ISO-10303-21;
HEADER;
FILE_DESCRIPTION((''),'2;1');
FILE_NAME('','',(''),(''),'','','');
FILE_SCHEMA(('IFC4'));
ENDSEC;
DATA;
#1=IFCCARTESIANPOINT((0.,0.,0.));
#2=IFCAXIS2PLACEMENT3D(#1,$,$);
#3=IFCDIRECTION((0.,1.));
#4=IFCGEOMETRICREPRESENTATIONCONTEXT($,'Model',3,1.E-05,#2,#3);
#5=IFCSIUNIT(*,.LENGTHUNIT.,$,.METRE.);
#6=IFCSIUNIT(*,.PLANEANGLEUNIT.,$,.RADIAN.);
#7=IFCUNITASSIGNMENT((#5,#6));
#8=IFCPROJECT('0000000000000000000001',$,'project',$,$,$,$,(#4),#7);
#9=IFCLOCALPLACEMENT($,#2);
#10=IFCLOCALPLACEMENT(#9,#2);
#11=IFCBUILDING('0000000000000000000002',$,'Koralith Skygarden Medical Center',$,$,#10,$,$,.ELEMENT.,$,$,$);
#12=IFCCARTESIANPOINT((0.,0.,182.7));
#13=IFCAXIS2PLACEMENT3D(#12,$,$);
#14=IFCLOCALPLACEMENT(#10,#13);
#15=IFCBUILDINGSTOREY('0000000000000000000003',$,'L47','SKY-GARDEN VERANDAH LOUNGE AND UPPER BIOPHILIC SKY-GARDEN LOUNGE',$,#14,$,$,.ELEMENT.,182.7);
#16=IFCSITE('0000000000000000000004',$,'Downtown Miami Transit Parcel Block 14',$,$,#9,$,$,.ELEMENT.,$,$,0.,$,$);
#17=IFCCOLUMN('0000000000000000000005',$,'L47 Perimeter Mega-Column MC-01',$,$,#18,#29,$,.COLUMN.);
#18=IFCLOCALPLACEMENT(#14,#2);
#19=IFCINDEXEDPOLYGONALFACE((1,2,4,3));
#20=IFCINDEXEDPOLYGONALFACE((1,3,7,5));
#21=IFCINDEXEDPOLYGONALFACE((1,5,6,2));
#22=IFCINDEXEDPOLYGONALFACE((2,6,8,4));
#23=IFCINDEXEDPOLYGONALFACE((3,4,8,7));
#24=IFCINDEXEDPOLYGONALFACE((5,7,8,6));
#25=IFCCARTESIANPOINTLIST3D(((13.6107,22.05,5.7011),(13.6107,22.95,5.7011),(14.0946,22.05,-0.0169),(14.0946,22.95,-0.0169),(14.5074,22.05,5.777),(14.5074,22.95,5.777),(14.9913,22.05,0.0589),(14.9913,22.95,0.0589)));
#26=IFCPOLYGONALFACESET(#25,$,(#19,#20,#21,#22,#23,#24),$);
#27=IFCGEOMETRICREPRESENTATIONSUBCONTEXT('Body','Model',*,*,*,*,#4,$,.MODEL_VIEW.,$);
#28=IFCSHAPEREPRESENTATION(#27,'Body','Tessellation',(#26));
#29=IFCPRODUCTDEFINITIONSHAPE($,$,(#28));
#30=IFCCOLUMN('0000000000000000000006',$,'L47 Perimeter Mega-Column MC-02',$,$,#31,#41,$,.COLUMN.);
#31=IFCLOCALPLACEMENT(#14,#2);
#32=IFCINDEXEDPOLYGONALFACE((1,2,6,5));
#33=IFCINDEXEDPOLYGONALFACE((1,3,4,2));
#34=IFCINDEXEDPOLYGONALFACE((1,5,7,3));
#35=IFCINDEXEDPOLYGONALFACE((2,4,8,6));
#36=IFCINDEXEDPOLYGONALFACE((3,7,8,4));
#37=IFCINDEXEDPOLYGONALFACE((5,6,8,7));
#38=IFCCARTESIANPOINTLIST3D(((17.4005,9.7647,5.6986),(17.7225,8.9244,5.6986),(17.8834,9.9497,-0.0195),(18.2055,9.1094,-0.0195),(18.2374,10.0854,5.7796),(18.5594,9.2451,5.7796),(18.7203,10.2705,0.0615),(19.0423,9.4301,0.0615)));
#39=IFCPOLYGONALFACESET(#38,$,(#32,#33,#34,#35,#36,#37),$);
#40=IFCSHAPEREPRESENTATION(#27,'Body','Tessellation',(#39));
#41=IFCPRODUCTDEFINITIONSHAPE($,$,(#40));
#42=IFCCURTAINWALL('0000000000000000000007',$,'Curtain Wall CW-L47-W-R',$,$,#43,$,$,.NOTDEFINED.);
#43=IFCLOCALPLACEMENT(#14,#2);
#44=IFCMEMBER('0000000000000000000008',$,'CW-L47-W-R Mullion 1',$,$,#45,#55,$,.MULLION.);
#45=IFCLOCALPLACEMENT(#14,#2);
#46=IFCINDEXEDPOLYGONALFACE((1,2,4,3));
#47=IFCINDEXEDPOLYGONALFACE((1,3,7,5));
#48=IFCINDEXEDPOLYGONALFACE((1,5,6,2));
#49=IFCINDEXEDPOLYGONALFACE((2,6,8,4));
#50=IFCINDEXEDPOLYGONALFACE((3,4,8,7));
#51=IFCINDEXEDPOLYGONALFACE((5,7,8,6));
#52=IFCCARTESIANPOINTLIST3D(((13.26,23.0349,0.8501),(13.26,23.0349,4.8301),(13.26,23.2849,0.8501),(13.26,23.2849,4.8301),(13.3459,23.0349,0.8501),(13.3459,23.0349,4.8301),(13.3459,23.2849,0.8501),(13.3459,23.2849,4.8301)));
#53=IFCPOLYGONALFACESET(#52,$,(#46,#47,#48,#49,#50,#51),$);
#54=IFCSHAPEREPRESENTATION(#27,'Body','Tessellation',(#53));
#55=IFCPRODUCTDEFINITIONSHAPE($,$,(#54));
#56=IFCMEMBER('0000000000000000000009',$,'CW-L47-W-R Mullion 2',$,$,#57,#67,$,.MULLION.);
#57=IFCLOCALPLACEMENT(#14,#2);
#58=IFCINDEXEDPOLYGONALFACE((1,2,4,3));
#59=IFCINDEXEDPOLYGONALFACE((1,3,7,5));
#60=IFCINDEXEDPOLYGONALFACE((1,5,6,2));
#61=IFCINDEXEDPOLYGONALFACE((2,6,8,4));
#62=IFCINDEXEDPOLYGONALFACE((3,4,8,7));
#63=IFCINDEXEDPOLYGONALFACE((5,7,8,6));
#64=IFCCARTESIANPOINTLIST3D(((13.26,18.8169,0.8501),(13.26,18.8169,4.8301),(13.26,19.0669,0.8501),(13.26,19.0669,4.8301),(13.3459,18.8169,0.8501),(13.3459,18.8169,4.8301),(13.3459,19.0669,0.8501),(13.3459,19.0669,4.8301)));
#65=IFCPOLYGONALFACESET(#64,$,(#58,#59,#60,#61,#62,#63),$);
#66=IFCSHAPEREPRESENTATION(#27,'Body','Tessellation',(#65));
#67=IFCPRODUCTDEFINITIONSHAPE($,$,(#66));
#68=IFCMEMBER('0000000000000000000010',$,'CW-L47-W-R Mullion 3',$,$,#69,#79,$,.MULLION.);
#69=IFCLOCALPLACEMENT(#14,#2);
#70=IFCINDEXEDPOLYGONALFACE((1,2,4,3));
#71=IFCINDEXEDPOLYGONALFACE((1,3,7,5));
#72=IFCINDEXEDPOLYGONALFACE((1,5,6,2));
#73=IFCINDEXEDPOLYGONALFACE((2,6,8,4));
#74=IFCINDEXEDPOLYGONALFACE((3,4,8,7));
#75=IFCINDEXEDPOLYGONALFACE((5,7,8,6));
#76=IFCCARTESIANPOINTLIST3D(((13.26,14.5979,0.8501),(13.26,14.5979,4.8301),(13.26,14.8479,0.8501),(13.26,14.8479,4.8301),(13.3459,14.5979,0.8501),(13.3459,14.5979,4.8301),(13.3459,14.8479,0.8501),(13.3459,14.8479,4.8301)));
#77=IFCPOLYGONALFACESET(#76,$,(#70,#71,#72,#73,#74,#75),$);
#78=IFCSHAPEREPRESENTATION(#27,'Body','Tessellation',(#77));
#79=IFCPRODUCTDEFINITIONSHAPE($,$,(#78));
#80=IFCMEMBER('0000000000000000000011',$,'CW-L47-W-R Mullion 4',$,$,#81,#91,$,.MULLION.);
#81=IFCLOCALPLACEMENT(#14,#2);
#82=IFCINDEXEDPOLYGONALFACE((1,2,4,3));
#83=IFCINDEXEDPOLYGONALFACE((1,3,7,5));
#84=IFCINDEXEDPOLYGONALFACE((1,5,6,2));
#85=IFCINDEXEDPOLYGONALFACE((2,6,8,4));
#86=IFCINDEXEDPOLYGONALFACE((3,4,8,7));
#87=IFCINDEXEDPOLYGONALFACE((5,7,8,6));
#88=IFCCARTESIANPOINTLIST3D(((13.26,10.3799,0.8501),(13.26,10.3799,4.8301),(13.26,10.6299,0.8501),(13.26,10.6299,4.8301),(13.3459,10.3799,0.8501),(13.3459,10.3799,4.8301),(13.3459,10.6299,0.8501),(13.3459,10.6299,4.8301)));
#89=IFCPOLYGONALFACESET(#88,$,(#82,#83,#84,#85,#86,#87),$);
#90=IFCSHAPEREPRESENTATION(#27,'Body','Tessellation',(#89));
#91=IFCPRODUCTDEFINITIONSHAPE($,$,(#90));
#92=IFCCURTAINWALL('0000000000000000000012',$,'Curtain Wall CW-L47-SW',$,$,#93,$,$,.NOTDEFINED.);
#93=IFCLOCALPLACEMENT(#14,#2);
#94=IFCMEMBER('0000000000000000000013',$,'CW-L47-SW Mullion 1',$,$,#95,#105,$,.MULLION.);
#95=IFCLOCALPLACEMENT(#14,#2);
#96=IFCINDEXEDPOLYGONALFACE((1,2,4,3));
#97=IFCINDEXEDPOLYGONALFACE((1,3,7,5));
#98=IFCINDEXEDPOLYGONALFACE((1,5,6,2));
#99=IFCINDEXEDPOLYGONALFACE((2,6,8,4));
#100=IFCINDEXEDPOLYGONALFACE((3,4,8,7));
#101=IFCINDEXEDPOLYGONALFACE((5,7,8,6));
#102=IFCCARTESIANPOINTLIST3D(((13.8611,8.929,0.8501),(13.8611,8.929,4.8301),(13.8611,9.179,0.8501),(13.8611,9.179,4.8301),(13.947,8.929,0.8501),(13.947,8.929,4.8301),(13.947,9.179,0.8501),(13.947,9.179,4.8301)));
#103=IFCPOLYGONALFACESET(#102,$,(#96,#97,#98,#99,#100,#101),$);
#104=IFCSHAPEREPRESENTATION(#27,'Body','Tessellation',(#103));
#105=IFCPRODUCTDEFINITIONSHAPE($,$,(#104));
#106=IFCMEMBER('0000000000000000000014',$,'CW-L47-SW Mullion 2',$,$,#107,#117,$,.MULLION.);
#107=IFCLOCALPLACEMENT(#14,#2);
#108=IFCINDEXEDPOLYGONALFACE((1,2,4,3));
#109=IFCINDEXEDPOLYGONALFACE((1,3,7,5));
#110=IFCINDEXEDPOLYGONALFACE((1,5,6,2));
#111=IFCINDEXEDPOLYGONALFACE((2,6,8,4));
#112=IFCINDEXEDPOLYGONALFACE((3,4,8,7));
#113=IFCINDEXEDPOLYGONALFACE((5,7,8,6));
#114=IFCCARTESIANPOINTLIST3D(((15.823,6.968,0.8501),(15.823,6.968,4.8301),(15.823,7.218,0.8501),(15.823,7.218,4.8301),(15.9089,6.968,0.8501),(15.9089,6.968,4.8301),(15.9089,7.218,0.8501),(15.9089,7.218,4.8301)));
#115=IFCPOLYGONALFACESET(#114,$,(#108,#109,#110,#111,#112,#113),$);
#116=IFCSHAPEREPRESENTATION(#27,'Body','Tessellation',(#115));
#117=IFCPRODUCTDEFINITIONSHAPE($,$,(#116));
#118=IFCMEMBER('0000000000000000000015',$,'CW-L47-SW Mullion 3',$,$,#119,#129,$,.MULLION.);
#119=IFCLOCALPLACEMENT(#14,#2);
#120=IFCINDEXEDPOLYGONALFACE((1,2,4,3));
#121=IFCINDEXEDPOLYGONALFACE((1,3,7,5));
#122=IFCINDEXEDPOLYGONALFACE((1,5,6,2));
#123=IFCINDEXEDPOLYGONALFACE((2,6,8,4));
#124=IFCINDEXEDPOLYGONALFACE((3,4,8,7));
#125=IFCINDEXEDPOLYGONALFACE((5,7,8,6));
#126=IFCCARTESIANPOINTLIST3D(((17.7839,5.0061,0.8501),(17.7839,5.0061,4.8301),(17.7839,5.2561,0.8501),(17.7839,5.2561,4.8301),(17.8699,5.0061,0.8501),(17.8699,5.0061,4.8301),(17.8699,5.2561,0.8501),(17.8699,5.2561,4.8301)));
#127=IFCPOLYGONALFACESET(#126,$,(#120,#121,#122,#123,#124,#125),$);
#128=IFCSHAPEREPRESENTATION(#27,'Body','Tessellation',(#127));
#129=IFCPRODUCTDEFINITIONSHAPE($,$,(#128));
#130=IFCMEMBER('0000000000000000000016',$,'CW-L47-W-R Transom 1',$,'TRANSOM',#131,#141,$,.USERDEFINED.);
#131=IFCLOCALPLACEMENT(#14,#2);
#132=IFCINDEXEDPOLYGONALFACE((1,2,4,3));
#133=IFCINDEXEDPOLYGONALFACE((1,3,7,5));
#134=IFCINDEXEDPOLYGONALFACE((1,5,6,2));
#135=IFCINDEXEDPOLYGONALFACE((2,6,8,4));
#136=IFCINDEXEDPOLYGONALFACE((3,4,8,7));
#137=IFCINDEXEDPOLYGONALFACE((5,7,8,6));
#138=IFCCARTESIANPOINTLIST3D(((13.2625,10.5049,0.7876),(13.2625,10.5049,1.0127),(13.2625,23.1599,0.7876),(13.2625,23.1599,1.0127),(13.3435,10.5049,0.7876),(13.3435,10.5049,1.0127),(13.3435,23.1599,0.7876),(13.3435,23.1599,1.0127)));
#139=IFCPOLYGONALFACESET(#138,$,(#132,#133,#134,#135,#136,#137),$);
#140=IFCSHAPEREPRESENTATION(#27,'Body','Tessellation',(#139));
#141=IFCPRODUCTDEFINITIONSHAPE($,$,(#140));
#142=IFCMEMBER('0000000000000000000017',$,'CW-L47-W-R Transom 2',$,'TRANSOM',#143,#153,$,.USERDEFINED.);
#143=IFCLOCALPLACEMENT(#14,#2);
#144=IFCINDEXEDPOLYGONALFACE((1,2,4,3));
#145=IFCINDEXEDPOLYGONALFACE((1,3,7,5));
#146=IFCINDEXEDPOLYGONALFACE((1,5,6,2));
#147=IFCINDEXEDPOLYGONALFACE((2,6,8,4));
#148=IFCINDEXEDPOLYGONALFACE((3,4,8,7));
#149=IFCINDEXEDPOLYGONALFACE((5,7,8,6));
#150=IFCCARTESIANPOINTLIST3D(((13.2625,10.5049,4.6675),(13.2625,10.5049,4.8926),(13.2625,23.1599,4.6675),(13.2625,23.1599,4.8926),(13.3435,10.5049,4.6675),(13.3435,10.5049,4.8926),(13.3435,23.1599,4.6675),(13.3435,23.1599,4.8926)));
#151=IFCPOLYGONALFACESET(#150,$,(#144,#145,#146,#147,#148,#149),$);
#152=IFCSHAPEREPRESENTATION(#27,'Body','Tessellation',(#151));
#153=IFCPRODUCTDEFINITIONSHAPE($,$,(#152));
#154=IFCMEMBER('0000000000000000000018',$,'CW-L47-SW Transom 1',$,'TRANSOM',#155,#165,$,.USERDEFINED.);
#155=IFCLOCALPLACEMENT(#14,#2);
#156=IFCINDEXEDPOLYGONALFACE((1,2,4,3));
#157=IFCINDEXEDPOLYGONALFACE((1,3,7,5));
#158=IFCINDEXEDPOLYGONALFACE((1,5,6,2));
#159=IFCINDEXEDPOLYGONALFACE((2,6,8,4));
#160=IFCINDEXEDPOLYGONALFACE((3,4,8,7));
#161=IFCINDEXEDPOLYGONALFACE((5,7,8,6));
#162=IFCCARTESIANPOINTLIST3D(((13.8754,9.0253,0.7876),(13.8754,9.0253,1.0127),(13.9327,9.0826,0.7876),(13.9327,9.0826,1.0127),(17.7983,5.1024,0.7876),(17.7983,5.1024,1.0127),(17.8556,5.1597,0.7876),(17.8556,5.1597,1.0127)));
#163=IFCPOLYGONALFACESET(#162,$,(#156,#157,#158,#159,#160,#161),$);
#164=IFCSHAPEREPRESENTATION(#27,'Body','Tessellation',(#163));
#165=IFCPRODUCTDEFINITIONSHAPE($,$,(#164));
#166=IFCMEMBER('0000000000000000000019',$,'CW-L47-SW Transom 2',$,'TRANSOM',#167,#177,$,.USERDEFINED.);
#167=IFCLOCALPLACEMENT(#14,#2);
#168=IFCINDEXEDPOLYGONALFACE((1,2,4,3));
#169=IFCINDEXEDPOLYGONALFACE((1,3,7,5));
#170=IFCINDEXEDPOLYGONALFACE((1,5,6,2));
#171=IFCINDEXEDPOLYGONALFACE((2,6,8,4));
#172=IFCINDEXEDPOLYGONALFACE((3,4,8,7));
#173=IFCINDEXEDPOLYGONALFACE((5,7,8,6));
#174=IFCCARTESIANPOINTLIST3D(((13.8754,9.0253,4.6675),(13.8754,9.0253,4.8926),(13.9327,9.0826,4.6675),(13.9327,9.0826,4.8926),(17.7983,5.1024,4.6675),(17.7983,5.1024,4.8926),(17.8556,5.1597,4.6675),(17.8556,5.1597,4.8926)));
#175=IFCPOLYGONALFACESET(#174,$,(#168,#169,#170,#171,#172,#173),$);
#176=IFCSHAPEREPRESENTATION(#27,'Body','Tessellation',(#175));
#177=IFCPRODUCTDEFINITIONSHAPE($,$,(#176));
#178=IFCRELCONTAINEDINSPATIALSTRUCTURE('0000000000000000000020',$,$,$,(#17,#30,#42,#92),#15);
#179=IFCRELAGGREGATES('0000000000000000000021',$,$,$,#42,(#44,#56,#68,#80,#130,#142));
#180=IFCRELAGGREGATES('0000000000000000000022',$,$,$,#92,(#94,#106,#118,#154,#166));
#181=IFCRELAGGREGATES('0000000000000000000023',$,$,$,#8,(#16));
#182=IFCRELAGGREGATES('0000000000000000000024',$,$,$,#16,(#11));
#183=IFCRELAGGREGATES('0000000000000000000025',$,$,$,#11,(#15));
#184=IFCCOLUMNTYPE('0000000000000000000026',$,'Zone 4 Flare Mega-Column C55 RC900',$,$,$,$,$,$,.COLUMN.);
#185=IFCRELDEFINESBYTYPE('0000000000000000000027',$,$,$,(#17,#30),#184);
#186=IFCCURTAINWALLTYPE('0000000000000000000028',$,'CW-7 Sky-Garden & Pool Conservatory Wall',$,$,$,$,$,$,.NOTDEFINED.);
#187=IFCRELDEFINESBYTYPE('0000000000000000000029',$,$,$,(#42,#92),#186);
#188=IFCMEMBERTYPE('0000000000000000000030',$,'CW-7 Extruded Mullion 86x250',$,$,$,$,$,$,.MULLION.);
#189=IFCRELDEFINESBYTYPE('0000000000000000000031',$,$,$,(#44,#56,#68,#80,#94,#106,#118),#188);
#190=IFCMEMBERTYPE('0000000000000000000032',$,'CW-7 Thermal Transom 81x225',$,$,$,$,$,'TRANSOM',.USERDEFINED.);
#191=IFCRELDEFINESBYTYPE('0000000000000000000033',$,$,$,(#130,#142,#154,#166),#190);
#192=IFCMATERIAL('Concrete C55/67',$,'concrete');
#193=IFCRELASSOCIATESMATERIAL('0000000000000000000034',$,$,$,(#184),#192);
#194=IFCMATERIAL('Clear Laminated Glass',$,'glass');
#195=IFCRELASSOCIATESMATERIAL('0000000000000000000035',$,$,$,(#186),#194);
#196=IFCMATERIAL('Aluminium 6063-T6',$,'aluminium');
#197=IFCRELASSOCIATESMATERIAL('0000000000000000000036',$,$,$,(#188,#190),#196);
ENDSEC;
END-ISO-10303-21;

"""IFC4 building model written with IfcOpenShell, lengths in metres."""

from ifc_helpers import new_model, si_unit, direction, frame, origin, origin_2d, place, context, subcontext, project, spatial, rectangle, extrude, material, material_profile, profile_set, type_object, element, aggregate, save


model = new_model("IFC4")

# Units and contexts
model_context = context("Model", 3, precision=1e-05, world=origin(), true_north=direction((0.0, 1.0)))
body_context = subcontext(model_context, "Body", "Model", "MODEL_VIEW")
ifc_project = project(units=[si_unit("LENGTHUNIT", "METRE"), si_unit("PLANEANGLEUNIT", "RADIAN")], contexts=[model_context])

# Site, building, storey
site_placement = place(None, origin())
site = spatial("IfcSite", under=ifc_project, at=site_placement, Name="Downtown Miami Transit Parcel Block 14", CompositionType="ELEMENT", RefElevation=0.0)
building_placement = place(site_placement, origin())
building = spatial("IfcBuilding", under=site, at=building_placement, Name="Koralith Skygarden Medical Center", CompositionType="ELEMENT")
storey_placement = place(building_placement, frame((0.0, 0.0, 182.7)))
storey = spatial("IfcBuildingStorey", under=building, at=storey_placement, Name="L47", Description="SKY-GARDEN VERANDAH LOUNGE AND UPPER BIOPHILIC SKY-GARDEN LOUNGE", CompositionType="ELEMENT", Elevation=182.7)

# Columns
ifc_material_1 = material(Name="Concrete C55/67", Category="concrete")
ifc_material_profile_1 = material_profile(ifc_material_1, rectangle(XDim=0.8999, YDim=0.8999, at=origin_2d()), Name="RC900X900")
ifc_profile_set_1 = profile_set([ifc_material_profile_1], Name="Concrete C55/67")
column_type = type_object("IfcColumnType", Name="Zone 4 Flare Mega-Column C55 RC900", PredefinedType="COLUMN", material=ifc_profile_set_1)
column_1_placement = place(storey_placement, frame((14.543, 22.5, 0.021), z_axis=(-0.084324, 0.0, 0.996438), x_axis=(0.0, -1.0, 0.0)))
element("IfcColumn", 1, at=column_1_placement, inside=storey, type_object=column_type, Name="L47 Perimeter Mega-Column MC-01", PredefinedType="COLUMN", context=body_context, shape_type="SweptSolid", body=[
    extrude(rectangle(XDim=0.8999, YDim=0.8999, at=origin_2d()), origin(), (0.0, 0.0, 1.0), 5.7385),
])
column_2_placement = place(storey_placement, frame((18.4629, 9.6899, 0.021), z_axis=(-0.084111, -0.032233, 0.995935), x_axis=(0.35784, -0.933783, 0.0)))
element("IfcColumn", 2, at=column_2_placement, inside=storey, type_object=column_type, Name="L47 Perimeter Mega-Column MC-02", PredefinedType="COLUMN", context=body_context, shape_type="SweptSolid", body=[
    extrude(rectangle(XDim=0.8999, YDim=0.8999, at=origin_2d()), origin(), (0.0, 0.0, 1.0), 5.7415),
])

# Curtain walls, members
ifc_material_2 = material(Name="Clear Laminated Glass", Category="glass")
curtain_wall_type = type_object("IfcCurtainWallType", Name="CW-7 Sky-Garden & Pool Conservatory Wall", PredefinedType="NOTDEFINED", material=ifc_material_2)
curtain_wall_1_placement = place(storey_placement, origin())
curtain_wall_1 = element("IfcCurtainWall", 3, at=curtain_wall_1_placement, inside=storey, type_object=curtain_wall_type, Name="Curtain Wall CW-L47-W-R", PredefinedType="NOTDEFINED")
ifc_material_3 = material(Name="Aluminium 6063-T6", Category="aluminium")
ifc_material_profile_2 = material_profile(ifc_material_3, rectangle(XDim=0.0859, YDim=0.25, at=origin_2d()), Name="MUL86X250")
ifc_profile_set_2 = profile_set([ifc_material_profile_2], Name="Aluminium 6063-T6")
member_type_1 = type_object("IfcMemberType", Name="CW-7 Extruded Mullion 86x250", PredefinedType="MULLION", material=ifc_profile_set_2)
member_1_placement = place(storey_placement, frame((13.303, 23.1599, 0.8501), z_axis=(0.0, 0.0, 1.0), x_axis=(1.0, 0.0, 0.0)))
member_1 = element("IfcMember", 4, at=member_1_placement, type_object=member_type_1, Name="CW-L47-W-R Mullion 1", PredefinedType="MULLION", context=body_context, shape_type="SweptSolid", body=[
    extrude(rectangle(XDim=0.0859, YDim=0.25, at=origin_2d()), origin(), (0.0, 0.0, 1.0), 3.98),
])
member_2_placement = place(storey_placement, frame((13.303, 18.9419, 0.8501), z_axis=(0.0, 0.0, 1.0), x_axis=(1.0, 0.0, 0.0)))
member_2 = element("IfcMember", 5, at=member_2_placement, type_object=member_type_1, Name="CW-L47-W-R Mullion 2", PredefinedType="MULLION", context=body_context, shape_type="SweptSolid", body=[
    extrude(rectangle(XDim=0.0859, YDim=0.25, at=origin_2d()), origin(), (0.0, 0.0, 1.0), 3.98),
])
member_3_placement = place(storey_placement, frame((13.303, 14.7229, 0.8501), z_axis=(0.0, 0.0, 1.0), x_axis=(1.0, 0.0, 0.0)))
member_3 = element("IfcMember", 6, at=member_3_placement, type_object=member_type_1, Name="CW-L47-W-R Mullion 3", PredefinedType="MULLION", context=body_context, shape_type="SweptSolid", body=[
    extrude(rectangle(XDim=0.0859, YDim=0.25, at=origin_2d()), origin(), (0.0, 0.0, 1.0), 3.98),
])
member_4_placement = place(storey_placement, frame((13.303, 10.5049, 0.8501), z_axis=(0.0, 0.0, 1.0), x_axis=(1.0, 0.0, 0.0)))
member_4 = element("IfcMember", 7, at=member_4_placement, type_object=member_type_1, Name="CW-L47-W-R Mullion 4", PredefinedType="MULLION", context=body_context, shape_type="SweptSolid", body=[
    extrude(rectangle(XDim=0.0859, YDim=0.25, at=origin_2d()), origin(), (0.0, 0.0, 1.0), 3.98),
])
curtain_wall_2_placement = place(storey_placement, origin())
curtain_wall_2 = element("IfcCurtainWall", 8, at=curtain_wall_2_placement, inside=storey, type_object=curtain_wall_type, Name="Curtain Wall CW-L47-SW", PredefinedType="NOTDEFINED")
member_5_placement = place(storey_placement, frame((13.9041, 9.054, 0.8501), z_axis=(0.0, 0.0, 1.0), x_axis=(1.0, 0.0, 0.0)))
member_5 = element("IfcMember", 9, at=member_5_placement, type_object=member_type_1, Name="CW-L47-SW Mullion 1", PredefinedType="MULLION", context=body_context, shape_type="SweptSolid", body=[
    extrude(rectangle(XDim=0.0859, YDim=0.25, at=origin_2d()), origin(), (0.0, 0.0, 1.0), 3.98),
])
member_6_placement = place(storey_placement, frame((15.866, 7.093, 0.8501), z_axis=(0.0, 0.0, 1.0), x_axis=(1.0, 0.0, 0.0)))
member_6 = element("IfcMember", 10, at=member_6_placement, type_object=member_type_1, Name="CW-L47-SW Mullion 2", PredefinedType="MULLION", context=body_context, shape_type="SweptSolid", body=[
    extrude(rectangle(XDim=0.0859, YDim=0.25, at=origin_2d()), origin(), (0.0, 0.0, 1.0), 3.98),
])
member_7_placement = place(storey_placement, frame((17.8269, 5.1311, 0.8501), z_axis=(0.0, 0.0, 1.0), x_axis=(1.0, 0.0, 0.0)))
member_7 = element("IfcMember", 11, at=member_7_placement, type_object=member_type_1, Name="CW-L47-SW Mullion 3", PredefinedType="MULLION", context=body_context, shape_type="SweptSolid", body=[
    extrude(rectangle(XDim=0.0859, YDim=0.25, at=origin_2d()), origin(), (0.0, 0.0, 1.0), 3.98),
])

# Members
ifc_material_profile_3 = material_profile(ifc_material_3, rectangle(XDim=0.0811, YDim=0.2251, at=origin_2d()), Name="TRN81X225")
ifc_profile_set_3 = profile_set([ifc_material_profile_3], Name="Aluminium 6063-T6")
member_type_2 = type_object("IfcMemberType", Name="CW-7 Thermal Transom 81x225", ElementType="TRANSOM", PredefinedType="USERDEFINED", material=ifc_profile_set_3)
member_8_placement = place(storey_placement, frame((13.303, 23.1599, 0.9001), z_axis=(0.0, -1.0, 0.0), x_axis=(1.0, 0.0, 0.0)))
member_8 = element("IfcMember", 12, at=member_8_placement, type_object=member_type_2, Name="CW-L47-W-R Transom 1", ObjectType="TRANSOM", PredefinedType="USERDEFINED", context=body_context, shape_type="SweptSolid", body=[
    extrude(rectangle(XDim=0.0811, YDim=0.2251, at=origin_2d()), origin(), (0.0, 0.0, 1.0), 12.655),
])
member_9_placement = place(storey_placement, frame((13.303, 23.1599, 4.78), z_axis=(0.0, -1.0, 0.0), x_axis=(1.0, 0.0, 0.0)))
member_9 = element("IfcMember", 13, at=member_9_placement, type_object=member_type_2, Name="CW-L47-W-R Transom 2", ObjectType="TRANSOM", PredefinedType="USERDEFINED", context=body_context, shape_type="SweptSolid", body=[
    extrude(rectangle(XDim=0.0811, YDim=0.2251, at=origin_2d()), origin(), (0.0, 0.0, 1.0), 12.655),
])
member_10_placement = place(storey_placement, frame((13.9041, 9.054, 0.9001), z_axis=(0.707107, -0.707107, 0.0), x_axis=(0.707107, 0.707107, 0.0)))
member_10 = element("IfcMember", 14, at=member_10_placement, type_object=member_type_2, Name="CW-L47-SW Transom 1", ObjectType="TRANSOM", PredefinedType="USERDEFINED", context=body_context, shape_type="SweptSolid", body=[
    extrude(rectangle(XDim=0.0811, YDim=0.2251, at=origin_2d()), origin(), (0.0, 0.0, 1.0), 5.5479),
])
member_11_placement = place(storey_placement, frame((13.9041, 9.054, 4.78), z_axis=(0.707107, -0.707107, 0.0), x_axis=(0.707107, 0.707107, 0.0)))
member_11 = element("IfcMember", 15, at=member_11_placement, type_object=member_type_2, Name="CW-L47-SW Transom 2", ObjectType="TRANSOM", PredefinedType="USERDEFINED", context=body_context, shape_type="SweptSolid", body=[
    extrude(rectangle(XDim=0.0811, YDim=0.2251, at=origin_2d()), origin(), (0.0, 0.0, 1.0), 5.5479),
])

aggregate(curtain_wall_1, [member_1, member_2, member_3, member_4, member_8, member_9])
aggregate(curtain_wall_2, [member_5, member_6, member_7, member_10, member_11])

save(model, "model.ifc")
